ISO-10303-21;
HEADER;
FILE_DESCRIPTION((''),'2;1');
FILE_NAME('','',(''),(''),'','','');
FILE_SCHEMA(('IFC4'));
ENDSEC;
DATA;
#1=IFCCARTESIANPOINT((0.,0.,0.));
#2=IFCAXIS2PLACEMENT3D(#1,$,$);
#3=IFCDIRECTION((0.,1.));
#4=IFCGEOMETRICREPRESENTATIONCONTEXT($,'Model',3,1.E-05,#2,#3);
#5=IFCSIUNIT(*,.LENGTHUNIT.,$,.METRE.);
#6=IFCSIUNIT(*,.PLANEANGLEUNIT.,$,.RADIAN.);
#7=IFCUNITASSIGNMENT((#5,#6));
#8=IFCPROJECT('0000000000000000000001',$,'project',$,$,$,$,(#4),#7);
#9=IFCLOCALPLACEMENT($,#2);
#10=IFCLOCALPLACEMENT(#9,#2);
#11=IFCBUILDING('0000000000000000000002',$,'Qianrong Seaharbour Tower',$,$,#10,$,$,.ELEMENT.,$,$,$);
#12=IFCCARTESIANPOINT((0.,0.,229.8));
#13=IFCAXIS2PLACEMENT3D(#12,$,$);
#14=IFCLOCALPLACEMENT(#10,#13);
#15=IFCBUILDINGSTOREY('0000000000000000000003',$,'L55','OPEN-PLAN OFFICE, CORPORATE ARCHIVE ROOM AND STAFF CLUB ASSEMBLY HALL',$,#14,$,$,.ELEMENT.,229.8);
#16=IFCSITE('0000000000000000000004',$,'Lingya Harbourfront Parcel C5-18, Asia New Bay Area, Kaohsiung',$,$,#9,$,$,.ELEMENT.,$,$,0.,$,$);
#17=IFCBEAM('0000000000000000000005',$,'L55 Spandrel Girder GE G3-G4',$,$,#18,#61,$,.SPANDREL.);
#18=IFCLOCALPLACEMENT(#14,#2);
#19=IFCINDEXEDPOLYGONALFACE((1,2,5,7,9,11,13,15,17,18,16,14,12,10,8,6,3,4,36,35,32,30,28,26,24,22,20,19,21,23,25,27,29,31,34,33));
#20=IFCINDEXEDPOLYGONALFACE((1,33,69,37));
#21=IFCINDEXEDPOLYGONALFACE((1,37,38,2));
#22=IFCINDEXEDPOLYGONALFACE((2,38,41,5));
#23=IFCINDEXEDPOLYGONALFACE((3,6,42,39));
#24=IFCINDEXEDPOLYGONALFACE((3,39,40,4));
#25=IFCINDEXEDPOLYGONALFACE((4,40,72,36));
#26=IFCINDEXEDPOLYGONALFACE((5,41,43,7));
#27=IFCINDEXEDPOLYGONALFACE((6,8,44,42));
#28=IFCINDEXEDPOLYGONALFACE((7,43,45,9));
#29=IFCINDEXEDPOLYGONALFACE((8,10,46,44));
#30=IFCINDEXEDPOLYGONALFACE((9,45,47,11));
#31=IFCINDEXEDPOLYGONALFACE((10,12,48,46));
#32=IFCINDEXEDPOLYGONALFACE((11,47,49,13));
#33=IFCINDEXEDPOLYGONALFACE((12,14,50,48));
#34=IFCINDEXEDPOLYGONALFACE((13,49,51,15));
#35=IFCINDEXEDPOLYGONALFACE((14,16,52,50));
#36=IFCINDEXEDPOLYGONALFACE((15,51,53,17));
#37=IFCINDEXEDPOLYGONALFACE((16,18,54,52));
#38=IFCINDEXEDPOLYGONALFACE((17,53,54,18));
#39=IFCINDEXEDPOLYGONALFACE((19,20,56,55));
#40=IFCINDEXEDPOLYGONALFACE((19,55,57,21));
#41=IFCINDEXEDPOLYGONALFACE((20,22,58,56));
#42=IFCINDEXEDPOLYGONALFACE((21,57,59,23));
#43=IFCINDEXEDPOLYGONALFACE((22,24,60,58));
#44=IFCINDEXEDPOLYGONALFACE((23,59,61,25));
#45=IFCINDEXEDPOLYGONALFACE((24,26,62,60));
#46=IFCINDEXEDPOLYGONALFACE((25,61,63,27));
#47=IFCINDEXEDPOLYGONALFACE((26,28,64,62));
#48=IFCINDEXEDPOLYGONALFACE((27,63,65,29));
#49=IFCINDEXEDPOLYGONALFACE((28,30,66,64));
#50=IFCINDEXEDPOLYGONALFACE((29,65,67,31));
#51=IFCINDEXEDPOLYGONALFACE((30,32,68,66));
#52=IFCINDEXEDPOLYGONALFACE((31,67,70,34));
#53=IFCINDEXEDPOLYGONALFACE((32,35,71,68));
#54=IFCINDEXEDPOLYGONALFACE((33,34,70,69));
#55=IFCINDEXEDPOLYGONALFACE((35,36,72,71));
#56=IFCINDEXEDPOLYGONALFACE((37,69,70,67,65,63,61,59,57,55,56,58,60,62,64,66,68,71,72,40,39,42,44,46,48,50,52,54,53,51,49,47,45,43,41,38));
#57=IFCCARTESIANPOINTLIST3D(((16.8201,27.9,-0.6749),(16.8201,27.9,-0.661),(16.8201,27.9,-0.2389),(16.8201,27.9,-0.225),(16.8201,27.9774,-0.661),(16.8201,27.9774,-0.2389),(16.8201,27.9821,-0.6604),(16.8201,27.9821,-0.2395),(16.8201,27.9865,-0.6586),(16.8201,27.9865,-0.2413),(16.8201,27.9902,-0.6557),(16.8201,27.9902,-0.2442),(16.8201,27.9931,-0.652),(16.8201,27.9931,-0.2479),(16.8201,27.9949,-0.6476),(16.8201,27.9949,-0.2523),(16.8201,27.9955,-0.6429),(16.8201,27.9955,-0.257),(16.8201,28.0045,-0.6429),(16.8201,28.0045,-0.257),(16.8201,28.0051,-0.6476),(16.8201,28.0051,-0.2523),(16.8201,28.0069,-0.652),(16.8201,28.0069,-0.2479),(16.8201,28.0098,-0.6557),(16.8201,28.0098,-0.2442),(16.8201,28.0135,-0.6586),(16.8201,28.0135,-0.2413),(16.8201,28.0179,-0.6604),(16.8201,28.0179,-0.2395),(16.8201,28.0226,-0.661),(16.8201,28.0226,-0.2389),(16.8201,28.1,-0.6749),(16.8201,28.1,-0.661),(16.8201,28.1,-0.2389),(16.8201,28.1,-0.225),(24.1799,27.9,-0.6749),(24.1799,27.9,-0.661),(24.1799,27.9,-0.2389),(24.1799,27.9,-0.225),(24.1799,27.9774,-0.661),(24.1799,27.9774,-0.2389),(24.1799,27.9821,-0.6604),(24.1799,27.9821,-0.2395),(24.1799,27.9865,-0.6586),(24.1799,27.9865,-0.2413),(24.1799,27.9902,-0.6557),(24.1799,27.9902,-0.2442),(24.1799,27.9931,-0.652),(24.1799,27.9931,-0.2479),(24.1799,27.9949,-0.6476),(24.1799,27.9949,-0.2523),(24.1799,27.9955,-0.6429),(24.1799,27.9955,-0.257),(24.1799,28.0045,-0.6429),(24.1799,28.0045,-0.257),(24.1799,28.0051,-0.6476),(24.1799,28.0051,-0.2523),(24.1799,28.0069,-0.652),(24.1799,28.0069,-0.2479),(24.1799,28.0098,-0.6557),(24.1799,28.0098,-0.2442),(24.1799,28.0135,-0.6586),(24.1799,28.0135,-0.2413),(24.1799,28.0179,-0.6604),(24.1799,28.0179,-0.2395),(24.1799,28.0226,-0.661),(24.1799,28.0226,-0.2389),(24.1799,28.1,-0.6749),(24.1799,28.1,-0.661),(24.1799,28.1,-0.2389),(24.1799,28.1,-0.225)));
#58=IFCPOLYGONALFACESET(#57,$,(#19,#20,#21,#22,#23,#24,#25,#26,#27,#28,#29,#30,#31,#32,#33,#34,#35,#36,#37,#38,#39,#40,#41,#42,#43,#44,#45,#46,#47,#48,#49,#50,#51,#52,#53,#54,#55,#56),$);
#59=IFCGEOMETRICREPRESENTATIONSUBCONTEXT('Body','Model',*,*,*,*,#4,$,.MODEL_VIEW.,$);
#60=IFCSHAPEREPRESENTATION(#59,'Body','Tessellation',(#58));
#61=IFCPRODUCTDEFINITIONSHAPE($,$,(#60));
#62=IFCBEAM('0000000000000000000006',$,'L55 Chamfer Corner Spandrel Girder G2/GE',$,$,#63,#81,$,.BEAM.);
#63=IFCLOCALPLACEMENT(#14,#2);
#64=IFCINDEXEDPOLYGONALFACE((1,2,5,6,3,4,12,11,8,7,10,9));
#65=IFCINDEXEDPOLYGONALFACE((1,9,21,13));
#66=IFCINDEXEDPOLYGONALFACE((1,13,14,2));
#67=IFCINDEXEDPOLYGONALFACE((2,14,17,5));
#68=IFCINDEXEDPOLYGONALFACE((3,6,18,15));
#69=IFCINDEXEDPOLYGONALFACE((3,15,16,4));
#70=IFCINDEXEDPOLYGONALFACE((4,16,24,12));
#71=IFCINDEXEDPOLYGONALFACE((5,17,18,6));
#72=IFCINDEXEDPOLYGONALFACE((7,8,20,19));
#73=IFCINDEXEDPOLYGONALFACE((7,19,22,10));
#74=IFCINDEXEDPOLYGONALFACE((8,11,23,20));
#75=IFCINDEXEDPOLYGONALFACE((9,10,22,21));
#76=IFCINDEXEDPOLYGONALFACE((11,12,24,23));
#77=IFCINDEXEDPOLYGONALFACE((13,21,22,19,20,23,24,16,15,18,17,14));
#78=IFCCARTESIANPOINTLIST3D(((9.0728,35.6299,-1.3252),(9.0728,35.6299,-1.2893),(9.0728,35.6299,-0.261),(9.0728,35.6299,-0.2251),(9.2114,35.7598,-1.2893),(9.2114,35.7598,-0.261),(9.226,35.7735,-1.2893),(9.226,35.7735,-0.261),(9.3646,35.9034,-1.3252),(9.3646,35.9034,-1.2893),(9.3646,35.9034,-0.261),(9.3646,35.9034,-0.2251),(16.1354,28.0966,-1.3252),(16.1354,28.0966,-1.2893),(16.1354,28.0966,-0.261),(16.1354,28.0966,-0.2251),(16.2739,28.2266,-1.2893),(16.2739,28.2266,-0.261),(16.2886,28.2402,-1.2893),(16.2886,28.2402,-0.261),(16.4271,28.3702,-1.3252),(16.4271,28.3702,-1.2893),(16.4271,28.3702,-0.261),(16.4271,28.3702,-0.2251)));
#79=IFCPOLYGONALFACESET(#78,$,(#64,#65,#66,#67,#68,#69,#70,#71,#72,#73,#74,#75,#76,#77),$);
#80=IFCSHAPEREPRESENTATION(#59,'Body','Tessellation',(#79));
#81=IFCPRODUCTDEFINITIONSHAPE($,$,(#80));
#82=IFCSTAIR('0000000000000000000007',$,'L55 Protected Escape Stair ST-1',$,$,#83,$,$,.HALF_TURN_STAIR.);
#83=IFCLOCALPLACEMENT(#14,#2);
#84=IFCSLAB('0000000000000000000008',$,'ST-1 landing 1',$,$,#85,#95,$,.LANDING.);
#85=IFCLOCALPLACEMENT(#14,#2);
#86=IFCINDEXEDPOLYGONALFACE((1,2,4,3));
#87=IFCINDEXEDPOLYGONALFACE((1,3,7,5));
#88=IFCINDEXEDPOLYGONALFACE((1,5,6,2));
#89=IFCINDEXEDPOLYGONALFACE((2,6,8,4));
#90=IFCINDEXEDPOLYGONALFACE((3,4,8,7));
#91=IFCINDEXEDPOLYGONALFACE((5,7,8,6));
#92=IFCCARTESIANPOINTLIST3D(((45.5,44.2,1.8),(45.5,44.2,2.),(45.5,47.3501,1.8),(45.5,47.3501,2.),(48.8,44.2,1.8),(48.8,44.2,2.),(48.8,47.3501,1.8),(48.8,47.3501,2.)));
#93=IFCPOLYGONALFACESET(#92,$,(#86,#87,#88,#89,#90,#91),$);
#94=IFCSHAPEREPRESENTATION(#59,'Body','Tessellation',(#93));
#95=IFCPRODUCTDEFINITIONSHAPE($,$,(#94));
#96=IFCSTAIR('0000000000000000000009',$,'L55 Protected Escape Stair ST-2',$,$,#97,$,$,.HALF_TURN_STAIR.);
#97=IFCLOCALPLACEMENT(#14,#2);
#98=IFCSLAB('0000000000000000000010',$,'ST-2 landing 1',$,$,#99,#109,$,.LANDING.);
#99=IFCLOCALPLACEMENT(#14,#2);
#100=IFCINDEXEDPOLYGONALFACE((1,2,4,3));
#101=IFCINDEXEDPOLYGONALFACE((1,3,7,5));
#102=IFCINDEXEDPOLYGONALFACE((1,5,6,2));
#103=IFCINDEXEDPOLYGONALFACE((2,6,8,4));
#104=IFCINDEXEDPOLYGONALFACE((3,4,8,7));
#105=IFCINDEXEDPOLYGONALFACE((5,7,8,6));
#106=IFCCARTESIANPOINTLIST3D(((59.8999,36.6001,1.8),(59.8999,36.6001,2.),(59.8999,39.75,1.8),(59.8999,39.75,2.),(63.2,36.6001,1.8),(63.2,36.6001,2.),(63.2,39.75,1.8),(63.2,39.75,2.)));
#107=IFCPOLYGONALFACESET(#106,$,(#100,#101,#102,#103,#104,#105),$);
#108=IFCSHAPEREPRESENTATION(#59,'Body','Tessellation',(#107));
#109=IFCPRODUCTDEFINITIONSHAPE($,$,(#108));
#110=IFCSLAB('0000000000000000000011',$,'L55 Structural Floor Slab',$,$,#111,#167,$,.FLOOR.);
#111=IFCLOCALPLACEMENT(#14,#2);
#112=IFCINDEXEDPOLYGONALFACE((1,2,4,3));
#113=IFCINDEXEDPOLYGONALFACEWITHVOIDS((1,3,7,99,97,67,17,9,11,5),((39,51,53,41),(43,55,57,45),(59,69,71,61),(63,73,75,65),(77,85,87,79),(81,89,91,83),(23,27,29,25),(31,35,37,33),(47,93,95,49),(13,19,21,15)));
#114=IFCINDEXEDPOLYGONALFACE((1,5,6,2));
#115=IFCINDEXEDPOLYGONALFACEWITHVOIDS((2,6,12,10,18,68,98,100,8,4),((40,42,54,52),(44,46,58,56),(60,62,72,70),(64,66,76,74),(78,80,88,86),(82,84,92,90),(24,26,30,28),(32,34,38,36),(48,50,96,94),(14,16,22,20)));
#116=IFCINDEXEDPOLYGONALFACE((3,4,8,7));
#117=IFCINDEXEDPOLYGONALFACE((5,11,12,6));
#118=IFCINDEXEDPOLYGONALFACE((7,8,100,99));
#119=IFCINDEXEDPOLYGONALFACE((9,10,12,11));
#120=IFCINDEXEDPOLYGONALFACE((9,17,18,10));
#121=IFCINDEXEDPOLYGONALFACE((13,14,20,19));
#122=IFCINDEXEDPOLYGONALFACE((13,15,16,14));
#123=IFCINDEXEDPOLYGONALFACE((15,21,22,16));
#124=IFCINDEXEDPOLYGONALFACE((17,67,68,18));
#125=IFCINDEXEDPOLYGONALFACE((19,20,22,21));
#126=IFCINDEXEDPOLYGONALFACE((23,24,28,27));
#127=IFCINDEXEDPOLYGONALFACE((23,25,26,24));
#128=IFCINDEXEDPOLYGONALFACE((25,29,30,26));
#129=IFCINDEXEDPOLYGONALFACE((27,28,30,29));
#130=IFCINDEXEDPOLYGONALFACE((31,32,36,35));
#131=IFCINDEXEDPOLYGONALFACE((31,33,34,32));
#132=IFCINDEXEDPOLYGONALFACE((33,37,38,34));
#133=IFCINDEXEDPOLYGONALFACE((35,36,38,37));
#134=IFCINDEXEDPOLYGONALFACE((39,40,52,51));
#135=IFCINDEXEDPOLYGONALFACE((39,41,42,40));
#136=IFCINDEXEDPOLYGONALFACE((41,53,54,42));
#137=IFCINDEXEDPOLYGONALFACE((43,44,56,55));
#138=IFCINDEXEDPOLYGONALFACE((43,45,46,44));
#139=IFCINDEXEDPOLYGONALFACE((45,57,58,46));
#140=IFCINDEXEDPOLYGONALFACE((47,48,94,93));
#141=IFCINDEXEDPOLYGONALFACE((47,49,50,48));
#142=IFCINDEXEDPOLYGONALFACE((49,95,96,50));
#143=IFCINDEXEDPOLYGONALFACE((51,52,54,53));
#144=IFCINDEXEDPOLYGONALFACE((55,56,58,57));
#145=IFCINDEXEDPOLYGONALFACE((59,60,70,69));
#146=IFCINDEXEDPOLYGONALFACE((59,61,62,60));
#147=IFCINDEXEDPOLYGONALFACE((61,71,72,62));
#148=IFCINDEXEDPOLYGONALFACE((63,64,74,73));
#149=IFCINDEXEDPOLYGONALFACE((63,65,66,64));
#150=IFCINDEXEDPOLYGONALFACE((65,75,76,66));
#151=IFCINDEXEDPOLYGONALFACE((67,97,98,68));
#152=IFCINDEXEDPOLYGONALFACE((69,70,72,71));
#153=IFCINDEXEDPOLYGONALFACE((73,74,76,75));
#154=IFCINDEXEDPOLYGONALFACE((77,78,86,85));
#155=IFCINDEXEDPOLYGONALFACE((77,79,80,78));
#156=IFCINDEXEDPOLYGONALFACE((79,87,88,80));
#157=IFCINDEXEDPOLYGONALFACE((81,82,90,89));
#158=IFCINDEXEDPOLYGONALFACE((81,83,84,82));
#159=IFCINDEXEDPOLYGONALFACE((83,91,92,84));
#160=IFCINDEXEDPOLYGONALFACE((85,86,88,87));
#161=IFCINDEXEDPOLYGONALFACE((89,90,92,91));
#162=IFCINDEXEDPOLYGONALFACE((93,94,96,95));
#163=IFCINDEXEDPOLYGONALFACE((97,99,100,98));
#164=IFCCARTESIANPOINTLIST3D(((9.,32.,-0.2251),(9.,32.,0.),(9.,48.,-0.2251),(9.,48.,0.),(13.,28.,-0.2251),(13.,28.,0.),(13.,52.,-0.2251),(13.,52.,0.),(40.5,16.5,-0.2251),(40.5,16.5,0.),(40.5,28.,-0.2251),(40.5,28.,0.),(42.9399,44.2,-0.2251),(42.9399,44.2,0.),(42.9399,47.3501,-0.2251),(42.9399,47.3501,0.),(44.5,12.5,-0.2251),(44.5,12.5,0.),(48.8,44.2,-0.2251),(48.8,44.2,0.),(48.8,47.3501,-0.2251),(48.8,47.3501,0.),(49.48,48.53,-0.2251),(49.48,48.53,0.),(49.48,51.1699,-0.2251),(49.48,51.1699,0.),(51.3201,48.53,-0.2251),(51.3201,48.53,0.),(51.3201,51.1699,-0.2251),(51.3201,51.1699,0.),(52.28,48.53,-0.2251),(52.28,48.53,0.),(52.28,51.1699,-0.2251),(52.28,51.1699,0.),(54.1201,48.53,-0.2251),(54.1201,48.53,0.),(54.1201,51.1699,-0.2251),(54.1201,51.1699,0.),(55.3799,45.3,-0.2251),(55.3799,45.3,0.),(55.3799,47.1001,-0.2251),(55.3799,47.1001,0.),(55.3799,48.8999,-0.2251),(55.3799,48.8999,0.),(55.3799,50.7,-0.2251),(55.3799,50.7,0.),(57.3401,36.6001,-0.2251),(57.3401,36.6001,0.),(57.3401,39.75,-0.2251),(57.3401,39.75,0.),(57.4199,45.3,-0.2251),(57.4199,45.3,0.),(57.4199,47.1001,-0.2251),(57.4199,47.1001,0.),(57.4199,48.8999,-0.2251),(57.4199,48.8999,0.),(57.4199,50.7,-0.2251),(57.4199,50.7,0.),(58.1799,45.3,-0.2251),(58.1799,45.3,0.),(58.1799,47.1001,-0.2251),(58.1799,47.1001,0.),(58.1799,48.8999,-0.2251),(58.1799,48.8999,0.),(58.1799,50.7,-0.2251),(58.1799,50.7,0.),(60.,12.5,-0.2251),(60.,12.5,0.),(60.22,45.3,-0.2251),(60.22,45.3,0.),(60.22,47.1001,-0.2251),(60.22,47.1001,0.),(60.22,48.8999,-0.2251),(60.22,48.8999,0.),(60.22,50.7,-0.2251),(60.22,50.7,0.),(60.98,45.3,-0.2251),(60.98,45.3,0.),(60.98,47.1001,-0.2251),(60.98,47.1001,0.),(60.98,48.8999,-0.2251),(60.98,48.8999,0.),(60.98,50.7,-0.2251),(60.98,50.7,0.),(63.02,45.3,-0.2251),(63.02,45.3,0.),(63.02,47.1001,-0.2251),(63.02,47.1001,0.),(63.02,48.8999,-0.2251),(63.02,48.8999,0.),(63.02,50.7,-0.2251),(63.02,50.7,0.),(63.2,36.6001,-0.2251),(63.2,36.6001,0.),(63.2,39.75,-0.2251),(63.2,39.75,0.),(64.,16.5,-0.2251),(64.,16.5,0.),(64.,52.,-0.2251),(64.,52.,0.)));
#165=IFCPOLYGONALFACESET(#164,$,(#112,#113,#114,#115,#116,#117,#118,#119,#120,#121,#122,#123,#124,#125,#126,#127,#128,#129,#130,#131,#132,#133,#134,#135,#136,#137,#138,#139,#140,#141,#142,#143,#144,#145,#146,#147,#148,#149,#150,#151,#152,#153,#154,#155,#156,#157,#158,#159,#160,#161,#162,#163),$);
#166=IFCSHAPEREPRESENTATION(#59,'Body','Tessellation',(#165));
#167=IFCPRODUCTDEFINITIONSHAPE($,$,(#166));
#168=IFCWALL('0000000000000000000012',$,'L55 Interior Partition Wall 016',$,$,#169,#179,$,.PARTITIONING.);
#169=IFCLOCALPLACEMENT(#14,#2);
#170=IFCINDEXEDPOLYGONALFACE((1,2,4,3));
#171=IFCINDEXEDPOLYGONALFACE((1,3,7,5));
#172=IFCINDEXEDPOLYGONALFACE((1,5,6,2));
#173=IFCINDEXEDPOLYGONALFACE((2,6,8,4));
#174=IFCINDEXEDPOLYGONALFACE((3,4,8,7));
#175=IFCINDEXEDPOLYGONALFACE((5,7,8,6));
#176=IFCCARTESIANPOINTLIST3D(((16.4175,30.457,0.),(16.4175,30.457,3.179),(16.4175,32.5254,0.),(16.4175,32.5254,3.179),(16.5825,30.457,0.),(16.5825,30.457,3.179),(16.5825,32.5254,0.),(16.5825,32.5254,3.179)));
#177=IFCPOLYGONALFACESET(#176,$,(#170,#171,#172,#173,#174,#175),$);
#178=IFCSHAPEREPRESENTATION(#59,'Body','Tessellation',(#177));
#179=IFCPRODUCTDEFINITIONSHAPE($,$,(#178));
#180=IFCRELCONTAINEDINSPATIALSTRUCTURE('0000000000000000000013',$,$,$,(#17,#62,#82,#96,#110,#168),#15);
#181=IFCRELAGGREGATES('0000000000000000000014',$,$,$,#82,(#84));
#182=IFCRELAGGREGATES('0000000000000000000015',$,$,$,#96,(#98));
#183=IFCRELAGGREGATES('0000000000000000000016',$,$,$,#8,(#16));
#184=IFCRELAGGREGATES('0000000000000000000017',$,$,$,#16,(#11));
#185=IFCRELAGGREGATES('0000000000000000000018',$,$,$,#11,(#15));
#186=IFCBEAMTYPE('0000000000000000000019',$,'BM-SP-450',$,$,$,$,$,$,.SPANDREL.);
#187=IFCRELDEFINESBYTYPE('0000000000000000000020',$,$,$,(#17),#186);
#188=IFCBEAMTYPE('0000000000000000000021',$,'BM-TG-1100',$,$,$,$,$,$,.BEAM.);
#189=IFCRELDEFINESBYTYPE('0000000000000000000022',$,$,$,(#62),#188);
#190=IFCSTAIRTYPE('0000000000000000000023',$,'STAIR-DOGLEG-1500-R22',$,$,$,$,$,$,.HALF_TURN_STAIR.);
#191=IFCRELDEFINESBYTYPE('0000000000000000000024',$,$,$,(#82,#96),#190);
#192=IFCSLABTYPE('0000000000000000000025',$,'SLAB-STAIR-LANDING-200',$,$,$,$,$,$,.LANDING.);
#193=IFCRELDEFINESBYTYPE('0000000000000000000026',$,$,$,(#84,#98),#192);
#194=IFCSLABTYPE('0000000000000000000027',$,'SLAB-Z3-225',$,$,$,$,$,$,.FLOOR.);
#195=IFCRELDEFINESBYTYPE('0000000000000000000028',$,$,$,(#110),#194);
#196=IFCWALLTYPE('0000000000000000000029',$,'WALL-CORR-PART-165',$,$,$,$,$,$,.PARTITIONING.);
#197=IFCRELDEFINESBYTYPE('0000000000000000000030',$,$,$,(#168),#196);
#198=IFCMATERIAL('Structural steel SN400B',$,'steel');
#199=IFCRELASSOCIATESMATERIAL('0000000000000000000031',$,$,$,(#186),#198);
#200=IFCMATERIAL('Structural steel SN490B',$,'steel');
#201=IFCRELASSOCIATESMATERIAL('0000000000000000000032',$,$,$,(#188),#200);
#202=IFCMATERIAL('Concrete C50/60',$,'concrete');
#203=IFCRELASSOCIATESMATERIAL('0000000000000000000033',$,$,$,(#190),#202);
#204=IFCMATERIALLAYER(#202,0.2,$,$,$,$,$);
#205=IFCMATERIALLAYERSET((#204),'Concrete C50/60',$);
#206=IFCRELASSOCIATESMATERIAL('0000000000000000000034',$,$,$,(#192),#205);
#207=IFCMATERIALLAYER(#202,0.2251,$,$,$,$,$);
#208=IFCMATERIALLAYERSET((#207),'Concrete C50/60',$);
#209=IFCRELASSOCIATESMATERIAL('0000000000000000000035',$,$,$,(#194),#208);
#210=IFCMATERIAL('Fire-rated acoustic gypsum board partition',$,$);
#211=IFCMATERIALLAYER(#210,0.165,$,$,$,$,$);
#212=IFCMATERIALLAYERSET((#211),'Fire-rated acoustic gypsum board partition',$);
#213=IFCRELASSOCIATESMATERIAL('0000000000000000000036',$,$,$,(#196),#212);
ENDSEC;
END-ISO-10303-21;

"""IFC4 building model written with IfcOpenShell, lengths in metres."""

from ifc_helpers import new_model, si_unit, direction, frame, frame_2d, origin, origin_2d, place, context, subcontext, project, spatial, polyline, rectangle, i_section, outline, extrude, material, layer, layer_set, material_profile, profile_set, type_object, element, aggregate, save


model = new_model("IFC4")

# Units and contexts
model_context = context("Model", 3, precision=1e-05, world=origin(), true_north=direction((0.0, 1.0)))
body_context = subcontext(model_context, "Body", "Model", "MODEL_VIEW")
ifc_project = project(units=[si_unit("LENGTHUNIT", "METRE"), si_unit("PLANEANGLEUNIT", "RADIAN")], contexts=[model_context])

# Site, building, storey
site_placement = place(None, origin())
site = spatial("IfcSite", under=ifc_project, at=site_placement, Name="Lingya Harbourfront Parcel C5-18, Asia New Bay Area, Kaohsiung", CompositionType="ELEMENT", RefElevation=0.0)
building_placement = place(site_placement, origin())
building = spatial("IfcBuilding", under=site, at=building_placement, Name="Qianrong Seaharbour Tower", CompositionType="ELEMENT")
storey_placement = place(building_placement, frame((0.0, 0.0, 229.8)))
storey = spatial("IfcBuildingStorey", under=building, at=storey_placement, Name="L55", Description="OPEN-PLAN OFFICE, CORPORATE ARCHIVE ROOM AND STAFF CLUB ASSEMBLY HALL", CompositionType="ELEMENT", Elevation=229.8)

# Shared definitions
ifc_material_1 = material(Name="Structural steel SN490B", Category="steel")

# Beams
ifc_material_2 = material(Name="Structural steel SN400B", Category="steel")
ifc_material_profile_1 = material_profile(ifc_material_2, i_section(OverallWidth=0.2, OverallDepth=0.45, WebThickness=0.009, FlangeThickness=0.0139, FilletRadius=0.0181, at=origin_2d()), Name="H450x200x9x14")
ifc_profile_set_1 = profile_set([ifc_material_profile_1], Name="Structural steel SN400B")
beam_type_1 = type_object("IfcBeamType", Name="BM-SP-450", PredefinedType="SPANDREL", material=ifc_profile_set_1)
beam_1_placement = place(storey_placement, frame((16.8201, 28.0, -0.45), z_axis=(1.0, 0.0, 0.0), x_axis=(0.0, 1.0, 0.0)))
element("IfcBeam", 1, at=beam_1_placement, inside=storey, type_object=beam_type_1, Name="L55 Spandrel Girder GE G3-G4", PredefinedType="SPANDREL", context=body_context, shape_type="SweptSolid", body=[
    extrude(i_section(OverallWidth=0.2, OverallDepth=0.45, WebThickness=0.009, FlangeThickness=0.0139, FilletRadius=0.0181, at=origin_2d()), origin(), (0.0, 0.0, 1.0), 7.3599),
])
ifc_material_profile_2 = material_profile(ifc_material_1, i_section(OverallWidth=0.3999, OverallDepth=1.1001, WebThickness=0.02, FlangeThickness=0.0359, at=origin_2d()), Name="BH1100x400x20x36")
ifc_profile_set_2 = profile_set([ifc_material_profile_2], Name="Structural steel SN490B")
beam_type_2 = type_object("IfcBeamType", Name="BM-TG-1100", PredefinedType="BEAM", material=ifc_profile_set_2)
beam_2_placement = place(storey_placement, frame((16.2812, 28.2334, -0.7751), z_axis=(-0.683947, 0.729531, 0.0), x_axis=(-0.729531, -0.683947, 0.0)))
element("IfcBeam", 2, at=beam_2_placement, inside=storey, type_object=beam_type_2, Name="L55 Chamfer Corner Spandrel Girder G2/GE", PredefinedType="BEAM", context=body_context, shape_type="SweptSolid", body=[
    extrude(i_section(OverallWidth=0.3999, OverallDepth=1.1001, WebThickness=0.02, FlangeThickness=0.0359, at=origin_2d()), origin(), (0.0, 0.0, 1.0), 10.3262),
])

# Stairs, slabs
ifc_material_3 = material(Name="Concrete C50/60", Category="concrete")
stair_type = type_object("IfcStairType", Name="STAIR-DOGLEG-1500-R22", PredefinedType="HALF_TURN_STAIR", material=ifc_material_3)
stair_1_placement = place(storey_placement, origin())
stair_1 = element("IfcStair", 3, at=stair_1_placement, inside=storey, type_object=stair_type, Name="L55 Protected Escape Stair ST-1", PredefinedType="HALF_TURN_STAIR")
ifc_layer_1 = layer(ifc_material_3, 0.2)
ifc_layer_set_1 = layer_set([ifc_layer_1], Name="Concrete C50/60")
slab_type_1 = type_object("IfcSlabType", Name="SLAB-STAIR-LANDING-200", PredefinedType="LANDING", material=ifc_layer_set_1)
slab_1_placement = place(storey_placement, frame((0.0, 0.0, 1.8)))
slab_1 = element("IfcSlab", 4, at=slab_1_placement, type_object=slab_type_1, Name="ST-1 landing 1", PredefinedType="LANDING", context=body_context, shape_type="SweptSolid", body=[
    extrude(outline(polyline([(45.5, 44.2), (48.8, 44.2), (48.8, 47.3501), (45.5, 47.3501), (45.5, 44.2)])), origin(), (0.0, 0.0, 1.0), 0.2),
])
aggregate(stair_1, [slab_1])
stair_2_placement = place(storey_placement, origin())
stair_2 = element("IfcStair", 5, at=stair_2_placement, inside=storey, type_object=stair_type, Name="L55 Protected Escape Stair ST-2", PredefinedType="HALF_TURN_STAIR")
slab_2_placement = place(storey_placement, frame((0.0, 0.0, 1.8)))
slab_2 = element("IfcSlab", 6, at=slab_2_placement, type_object=slab_type_1, Name="ST-2 landing 1", PredefinedType="LANDING", context=body_context, shape_type="SweptSolid", body=[
    extrude(outline(polyline([(59.8999, 36.6001), (63.2, 36.6001), (63.2, 39.75), (59.8999, 39.75), (59.8999, 36.6001)])), origin(), (0.0, 0.0, 1.0), 0.2),
])
aggregate(stair_2, [slab_2])

# Slab
ifc_layer_2 = layer(ifc_material_3, 0.2251)
ifc_layer_set_2 = layer_set([ifc_layer_2], Name="Concrete C50/60")
slab_type_2 = type_object("IfcSlabType", Name="SLAB-Z3-225", PredefinedType="FLOOR", material=ifc_layer_set_2)
slab_3_placement = place(storey_placement, frame((0.0, 0.0, -0.2251)))
element("IfcSlab", 7, at=slab_3_placement, inside=storey, type_object=slab_type_2, Name="L55 Structural Floor Slab", PredefinedType="FLOOR", context=body_context, shape_type="SweptSolid", body=[
    extrude(outline(polyline([(44.5, 12.5), (60.0, 12.5), (64.0, 16.5), (64.0, 52.0), (13.0, 52.0), (9.0, 48.0), (9.0, 32.0), (13.0, 28.0), (40.5, 28.0), (40.5, 16.5), (44.5, 12.5)]), holes=[polyline([(42.9399, 44.2), (42.9399, 47.3501), (48.8, 47.3501), (48.8, 44.2), (42.9399, 44.2)]), polyline([(57.3401, 36.6001), (57.3401, 39.75), (63.2, 39.75), (63.2, 36.6001), (57.3401, 36.6001)]), polyline([(49.48, 48.53), (49.48, 51.1699), (51.3201, 51.1699), (51.3201, 48.53), (49.48, 48.53)]), polyline([(52.28, 48.53), (52.28, 51.1699), (54.1201, 51.1699), (54.1201, 48.53), (52.28, 48.53)]), polyline([(55.3799, 45.3), (55.3799, 47.1001), (57.4199, 47.1001), (57.4199, 45.3), (55.3799, 45.3)]), polyline([(58.1799, 45.3), (58.1799, 47.1001), (60.22, 47.1001), (60.22, 45.3), (58.1799, 45.3)]), polyline([(60.98, 45.3), (60.98, 47.1001), (63.02, 47.1001), (63.02, 45.3), (60.98, 45.3)]), polyline([(55.3799, 48.8999), (55.3799, 50.7), (57.4199, 50.7), (57.4199, 48.8999), (55.3799, 48.8999)]), polyline([(58.1799, 48.8999), (58.1799, 50.7), (60.22, 50.7), (60.22, 48.8999), (58.1799, 48.8999)]), polyline([(60.98, 48.8999), (60.98, 50.7), (63.02, 50.7), (63.02, 48.8999), (60.98, 48.8999)])]), origin(), (0.0, 0.0, 1.0), 0.2251),
])

# Wall
ifc_material_4 = material(Name="Fire-rated acoustic gypsum board partition")
ifc_layer_3 = layer(ifc_material_4, 0.165)
ifc_layer_set_3 = layer_set([ifc_layer_3], Name="Fire-rated acoustic gypsum board partition")
wall_type_1 = type_object("IfcWallType", Name="WALL-CORR-PART-165", PredefinedType="PARTITIONING", material=ifc_layer_set_3)
wall_1_placement = place(storey_placement, frame((16.5, 30.457, 0.0), z_axis=(0.0, 0.0, 1.0), x_axis=(0.0, 1.0, 0.0)))
element("IfcWall", 8, at=wall_1_placement, inside=storey, type_object=wall_type_1, Name="L55 Interior Partition Wall 016", PredefinedType="PARTITIONING", context=body_context, shape_type="SweptSolid", body=[
    extrude(rectangle(XDim=2.0684, YDim=0.165, at=frame_2d((1.0342, 0.0))), origin(), (0.0, 0.0, 1.0), 3.179),
])

save(model, "model.ifc")
